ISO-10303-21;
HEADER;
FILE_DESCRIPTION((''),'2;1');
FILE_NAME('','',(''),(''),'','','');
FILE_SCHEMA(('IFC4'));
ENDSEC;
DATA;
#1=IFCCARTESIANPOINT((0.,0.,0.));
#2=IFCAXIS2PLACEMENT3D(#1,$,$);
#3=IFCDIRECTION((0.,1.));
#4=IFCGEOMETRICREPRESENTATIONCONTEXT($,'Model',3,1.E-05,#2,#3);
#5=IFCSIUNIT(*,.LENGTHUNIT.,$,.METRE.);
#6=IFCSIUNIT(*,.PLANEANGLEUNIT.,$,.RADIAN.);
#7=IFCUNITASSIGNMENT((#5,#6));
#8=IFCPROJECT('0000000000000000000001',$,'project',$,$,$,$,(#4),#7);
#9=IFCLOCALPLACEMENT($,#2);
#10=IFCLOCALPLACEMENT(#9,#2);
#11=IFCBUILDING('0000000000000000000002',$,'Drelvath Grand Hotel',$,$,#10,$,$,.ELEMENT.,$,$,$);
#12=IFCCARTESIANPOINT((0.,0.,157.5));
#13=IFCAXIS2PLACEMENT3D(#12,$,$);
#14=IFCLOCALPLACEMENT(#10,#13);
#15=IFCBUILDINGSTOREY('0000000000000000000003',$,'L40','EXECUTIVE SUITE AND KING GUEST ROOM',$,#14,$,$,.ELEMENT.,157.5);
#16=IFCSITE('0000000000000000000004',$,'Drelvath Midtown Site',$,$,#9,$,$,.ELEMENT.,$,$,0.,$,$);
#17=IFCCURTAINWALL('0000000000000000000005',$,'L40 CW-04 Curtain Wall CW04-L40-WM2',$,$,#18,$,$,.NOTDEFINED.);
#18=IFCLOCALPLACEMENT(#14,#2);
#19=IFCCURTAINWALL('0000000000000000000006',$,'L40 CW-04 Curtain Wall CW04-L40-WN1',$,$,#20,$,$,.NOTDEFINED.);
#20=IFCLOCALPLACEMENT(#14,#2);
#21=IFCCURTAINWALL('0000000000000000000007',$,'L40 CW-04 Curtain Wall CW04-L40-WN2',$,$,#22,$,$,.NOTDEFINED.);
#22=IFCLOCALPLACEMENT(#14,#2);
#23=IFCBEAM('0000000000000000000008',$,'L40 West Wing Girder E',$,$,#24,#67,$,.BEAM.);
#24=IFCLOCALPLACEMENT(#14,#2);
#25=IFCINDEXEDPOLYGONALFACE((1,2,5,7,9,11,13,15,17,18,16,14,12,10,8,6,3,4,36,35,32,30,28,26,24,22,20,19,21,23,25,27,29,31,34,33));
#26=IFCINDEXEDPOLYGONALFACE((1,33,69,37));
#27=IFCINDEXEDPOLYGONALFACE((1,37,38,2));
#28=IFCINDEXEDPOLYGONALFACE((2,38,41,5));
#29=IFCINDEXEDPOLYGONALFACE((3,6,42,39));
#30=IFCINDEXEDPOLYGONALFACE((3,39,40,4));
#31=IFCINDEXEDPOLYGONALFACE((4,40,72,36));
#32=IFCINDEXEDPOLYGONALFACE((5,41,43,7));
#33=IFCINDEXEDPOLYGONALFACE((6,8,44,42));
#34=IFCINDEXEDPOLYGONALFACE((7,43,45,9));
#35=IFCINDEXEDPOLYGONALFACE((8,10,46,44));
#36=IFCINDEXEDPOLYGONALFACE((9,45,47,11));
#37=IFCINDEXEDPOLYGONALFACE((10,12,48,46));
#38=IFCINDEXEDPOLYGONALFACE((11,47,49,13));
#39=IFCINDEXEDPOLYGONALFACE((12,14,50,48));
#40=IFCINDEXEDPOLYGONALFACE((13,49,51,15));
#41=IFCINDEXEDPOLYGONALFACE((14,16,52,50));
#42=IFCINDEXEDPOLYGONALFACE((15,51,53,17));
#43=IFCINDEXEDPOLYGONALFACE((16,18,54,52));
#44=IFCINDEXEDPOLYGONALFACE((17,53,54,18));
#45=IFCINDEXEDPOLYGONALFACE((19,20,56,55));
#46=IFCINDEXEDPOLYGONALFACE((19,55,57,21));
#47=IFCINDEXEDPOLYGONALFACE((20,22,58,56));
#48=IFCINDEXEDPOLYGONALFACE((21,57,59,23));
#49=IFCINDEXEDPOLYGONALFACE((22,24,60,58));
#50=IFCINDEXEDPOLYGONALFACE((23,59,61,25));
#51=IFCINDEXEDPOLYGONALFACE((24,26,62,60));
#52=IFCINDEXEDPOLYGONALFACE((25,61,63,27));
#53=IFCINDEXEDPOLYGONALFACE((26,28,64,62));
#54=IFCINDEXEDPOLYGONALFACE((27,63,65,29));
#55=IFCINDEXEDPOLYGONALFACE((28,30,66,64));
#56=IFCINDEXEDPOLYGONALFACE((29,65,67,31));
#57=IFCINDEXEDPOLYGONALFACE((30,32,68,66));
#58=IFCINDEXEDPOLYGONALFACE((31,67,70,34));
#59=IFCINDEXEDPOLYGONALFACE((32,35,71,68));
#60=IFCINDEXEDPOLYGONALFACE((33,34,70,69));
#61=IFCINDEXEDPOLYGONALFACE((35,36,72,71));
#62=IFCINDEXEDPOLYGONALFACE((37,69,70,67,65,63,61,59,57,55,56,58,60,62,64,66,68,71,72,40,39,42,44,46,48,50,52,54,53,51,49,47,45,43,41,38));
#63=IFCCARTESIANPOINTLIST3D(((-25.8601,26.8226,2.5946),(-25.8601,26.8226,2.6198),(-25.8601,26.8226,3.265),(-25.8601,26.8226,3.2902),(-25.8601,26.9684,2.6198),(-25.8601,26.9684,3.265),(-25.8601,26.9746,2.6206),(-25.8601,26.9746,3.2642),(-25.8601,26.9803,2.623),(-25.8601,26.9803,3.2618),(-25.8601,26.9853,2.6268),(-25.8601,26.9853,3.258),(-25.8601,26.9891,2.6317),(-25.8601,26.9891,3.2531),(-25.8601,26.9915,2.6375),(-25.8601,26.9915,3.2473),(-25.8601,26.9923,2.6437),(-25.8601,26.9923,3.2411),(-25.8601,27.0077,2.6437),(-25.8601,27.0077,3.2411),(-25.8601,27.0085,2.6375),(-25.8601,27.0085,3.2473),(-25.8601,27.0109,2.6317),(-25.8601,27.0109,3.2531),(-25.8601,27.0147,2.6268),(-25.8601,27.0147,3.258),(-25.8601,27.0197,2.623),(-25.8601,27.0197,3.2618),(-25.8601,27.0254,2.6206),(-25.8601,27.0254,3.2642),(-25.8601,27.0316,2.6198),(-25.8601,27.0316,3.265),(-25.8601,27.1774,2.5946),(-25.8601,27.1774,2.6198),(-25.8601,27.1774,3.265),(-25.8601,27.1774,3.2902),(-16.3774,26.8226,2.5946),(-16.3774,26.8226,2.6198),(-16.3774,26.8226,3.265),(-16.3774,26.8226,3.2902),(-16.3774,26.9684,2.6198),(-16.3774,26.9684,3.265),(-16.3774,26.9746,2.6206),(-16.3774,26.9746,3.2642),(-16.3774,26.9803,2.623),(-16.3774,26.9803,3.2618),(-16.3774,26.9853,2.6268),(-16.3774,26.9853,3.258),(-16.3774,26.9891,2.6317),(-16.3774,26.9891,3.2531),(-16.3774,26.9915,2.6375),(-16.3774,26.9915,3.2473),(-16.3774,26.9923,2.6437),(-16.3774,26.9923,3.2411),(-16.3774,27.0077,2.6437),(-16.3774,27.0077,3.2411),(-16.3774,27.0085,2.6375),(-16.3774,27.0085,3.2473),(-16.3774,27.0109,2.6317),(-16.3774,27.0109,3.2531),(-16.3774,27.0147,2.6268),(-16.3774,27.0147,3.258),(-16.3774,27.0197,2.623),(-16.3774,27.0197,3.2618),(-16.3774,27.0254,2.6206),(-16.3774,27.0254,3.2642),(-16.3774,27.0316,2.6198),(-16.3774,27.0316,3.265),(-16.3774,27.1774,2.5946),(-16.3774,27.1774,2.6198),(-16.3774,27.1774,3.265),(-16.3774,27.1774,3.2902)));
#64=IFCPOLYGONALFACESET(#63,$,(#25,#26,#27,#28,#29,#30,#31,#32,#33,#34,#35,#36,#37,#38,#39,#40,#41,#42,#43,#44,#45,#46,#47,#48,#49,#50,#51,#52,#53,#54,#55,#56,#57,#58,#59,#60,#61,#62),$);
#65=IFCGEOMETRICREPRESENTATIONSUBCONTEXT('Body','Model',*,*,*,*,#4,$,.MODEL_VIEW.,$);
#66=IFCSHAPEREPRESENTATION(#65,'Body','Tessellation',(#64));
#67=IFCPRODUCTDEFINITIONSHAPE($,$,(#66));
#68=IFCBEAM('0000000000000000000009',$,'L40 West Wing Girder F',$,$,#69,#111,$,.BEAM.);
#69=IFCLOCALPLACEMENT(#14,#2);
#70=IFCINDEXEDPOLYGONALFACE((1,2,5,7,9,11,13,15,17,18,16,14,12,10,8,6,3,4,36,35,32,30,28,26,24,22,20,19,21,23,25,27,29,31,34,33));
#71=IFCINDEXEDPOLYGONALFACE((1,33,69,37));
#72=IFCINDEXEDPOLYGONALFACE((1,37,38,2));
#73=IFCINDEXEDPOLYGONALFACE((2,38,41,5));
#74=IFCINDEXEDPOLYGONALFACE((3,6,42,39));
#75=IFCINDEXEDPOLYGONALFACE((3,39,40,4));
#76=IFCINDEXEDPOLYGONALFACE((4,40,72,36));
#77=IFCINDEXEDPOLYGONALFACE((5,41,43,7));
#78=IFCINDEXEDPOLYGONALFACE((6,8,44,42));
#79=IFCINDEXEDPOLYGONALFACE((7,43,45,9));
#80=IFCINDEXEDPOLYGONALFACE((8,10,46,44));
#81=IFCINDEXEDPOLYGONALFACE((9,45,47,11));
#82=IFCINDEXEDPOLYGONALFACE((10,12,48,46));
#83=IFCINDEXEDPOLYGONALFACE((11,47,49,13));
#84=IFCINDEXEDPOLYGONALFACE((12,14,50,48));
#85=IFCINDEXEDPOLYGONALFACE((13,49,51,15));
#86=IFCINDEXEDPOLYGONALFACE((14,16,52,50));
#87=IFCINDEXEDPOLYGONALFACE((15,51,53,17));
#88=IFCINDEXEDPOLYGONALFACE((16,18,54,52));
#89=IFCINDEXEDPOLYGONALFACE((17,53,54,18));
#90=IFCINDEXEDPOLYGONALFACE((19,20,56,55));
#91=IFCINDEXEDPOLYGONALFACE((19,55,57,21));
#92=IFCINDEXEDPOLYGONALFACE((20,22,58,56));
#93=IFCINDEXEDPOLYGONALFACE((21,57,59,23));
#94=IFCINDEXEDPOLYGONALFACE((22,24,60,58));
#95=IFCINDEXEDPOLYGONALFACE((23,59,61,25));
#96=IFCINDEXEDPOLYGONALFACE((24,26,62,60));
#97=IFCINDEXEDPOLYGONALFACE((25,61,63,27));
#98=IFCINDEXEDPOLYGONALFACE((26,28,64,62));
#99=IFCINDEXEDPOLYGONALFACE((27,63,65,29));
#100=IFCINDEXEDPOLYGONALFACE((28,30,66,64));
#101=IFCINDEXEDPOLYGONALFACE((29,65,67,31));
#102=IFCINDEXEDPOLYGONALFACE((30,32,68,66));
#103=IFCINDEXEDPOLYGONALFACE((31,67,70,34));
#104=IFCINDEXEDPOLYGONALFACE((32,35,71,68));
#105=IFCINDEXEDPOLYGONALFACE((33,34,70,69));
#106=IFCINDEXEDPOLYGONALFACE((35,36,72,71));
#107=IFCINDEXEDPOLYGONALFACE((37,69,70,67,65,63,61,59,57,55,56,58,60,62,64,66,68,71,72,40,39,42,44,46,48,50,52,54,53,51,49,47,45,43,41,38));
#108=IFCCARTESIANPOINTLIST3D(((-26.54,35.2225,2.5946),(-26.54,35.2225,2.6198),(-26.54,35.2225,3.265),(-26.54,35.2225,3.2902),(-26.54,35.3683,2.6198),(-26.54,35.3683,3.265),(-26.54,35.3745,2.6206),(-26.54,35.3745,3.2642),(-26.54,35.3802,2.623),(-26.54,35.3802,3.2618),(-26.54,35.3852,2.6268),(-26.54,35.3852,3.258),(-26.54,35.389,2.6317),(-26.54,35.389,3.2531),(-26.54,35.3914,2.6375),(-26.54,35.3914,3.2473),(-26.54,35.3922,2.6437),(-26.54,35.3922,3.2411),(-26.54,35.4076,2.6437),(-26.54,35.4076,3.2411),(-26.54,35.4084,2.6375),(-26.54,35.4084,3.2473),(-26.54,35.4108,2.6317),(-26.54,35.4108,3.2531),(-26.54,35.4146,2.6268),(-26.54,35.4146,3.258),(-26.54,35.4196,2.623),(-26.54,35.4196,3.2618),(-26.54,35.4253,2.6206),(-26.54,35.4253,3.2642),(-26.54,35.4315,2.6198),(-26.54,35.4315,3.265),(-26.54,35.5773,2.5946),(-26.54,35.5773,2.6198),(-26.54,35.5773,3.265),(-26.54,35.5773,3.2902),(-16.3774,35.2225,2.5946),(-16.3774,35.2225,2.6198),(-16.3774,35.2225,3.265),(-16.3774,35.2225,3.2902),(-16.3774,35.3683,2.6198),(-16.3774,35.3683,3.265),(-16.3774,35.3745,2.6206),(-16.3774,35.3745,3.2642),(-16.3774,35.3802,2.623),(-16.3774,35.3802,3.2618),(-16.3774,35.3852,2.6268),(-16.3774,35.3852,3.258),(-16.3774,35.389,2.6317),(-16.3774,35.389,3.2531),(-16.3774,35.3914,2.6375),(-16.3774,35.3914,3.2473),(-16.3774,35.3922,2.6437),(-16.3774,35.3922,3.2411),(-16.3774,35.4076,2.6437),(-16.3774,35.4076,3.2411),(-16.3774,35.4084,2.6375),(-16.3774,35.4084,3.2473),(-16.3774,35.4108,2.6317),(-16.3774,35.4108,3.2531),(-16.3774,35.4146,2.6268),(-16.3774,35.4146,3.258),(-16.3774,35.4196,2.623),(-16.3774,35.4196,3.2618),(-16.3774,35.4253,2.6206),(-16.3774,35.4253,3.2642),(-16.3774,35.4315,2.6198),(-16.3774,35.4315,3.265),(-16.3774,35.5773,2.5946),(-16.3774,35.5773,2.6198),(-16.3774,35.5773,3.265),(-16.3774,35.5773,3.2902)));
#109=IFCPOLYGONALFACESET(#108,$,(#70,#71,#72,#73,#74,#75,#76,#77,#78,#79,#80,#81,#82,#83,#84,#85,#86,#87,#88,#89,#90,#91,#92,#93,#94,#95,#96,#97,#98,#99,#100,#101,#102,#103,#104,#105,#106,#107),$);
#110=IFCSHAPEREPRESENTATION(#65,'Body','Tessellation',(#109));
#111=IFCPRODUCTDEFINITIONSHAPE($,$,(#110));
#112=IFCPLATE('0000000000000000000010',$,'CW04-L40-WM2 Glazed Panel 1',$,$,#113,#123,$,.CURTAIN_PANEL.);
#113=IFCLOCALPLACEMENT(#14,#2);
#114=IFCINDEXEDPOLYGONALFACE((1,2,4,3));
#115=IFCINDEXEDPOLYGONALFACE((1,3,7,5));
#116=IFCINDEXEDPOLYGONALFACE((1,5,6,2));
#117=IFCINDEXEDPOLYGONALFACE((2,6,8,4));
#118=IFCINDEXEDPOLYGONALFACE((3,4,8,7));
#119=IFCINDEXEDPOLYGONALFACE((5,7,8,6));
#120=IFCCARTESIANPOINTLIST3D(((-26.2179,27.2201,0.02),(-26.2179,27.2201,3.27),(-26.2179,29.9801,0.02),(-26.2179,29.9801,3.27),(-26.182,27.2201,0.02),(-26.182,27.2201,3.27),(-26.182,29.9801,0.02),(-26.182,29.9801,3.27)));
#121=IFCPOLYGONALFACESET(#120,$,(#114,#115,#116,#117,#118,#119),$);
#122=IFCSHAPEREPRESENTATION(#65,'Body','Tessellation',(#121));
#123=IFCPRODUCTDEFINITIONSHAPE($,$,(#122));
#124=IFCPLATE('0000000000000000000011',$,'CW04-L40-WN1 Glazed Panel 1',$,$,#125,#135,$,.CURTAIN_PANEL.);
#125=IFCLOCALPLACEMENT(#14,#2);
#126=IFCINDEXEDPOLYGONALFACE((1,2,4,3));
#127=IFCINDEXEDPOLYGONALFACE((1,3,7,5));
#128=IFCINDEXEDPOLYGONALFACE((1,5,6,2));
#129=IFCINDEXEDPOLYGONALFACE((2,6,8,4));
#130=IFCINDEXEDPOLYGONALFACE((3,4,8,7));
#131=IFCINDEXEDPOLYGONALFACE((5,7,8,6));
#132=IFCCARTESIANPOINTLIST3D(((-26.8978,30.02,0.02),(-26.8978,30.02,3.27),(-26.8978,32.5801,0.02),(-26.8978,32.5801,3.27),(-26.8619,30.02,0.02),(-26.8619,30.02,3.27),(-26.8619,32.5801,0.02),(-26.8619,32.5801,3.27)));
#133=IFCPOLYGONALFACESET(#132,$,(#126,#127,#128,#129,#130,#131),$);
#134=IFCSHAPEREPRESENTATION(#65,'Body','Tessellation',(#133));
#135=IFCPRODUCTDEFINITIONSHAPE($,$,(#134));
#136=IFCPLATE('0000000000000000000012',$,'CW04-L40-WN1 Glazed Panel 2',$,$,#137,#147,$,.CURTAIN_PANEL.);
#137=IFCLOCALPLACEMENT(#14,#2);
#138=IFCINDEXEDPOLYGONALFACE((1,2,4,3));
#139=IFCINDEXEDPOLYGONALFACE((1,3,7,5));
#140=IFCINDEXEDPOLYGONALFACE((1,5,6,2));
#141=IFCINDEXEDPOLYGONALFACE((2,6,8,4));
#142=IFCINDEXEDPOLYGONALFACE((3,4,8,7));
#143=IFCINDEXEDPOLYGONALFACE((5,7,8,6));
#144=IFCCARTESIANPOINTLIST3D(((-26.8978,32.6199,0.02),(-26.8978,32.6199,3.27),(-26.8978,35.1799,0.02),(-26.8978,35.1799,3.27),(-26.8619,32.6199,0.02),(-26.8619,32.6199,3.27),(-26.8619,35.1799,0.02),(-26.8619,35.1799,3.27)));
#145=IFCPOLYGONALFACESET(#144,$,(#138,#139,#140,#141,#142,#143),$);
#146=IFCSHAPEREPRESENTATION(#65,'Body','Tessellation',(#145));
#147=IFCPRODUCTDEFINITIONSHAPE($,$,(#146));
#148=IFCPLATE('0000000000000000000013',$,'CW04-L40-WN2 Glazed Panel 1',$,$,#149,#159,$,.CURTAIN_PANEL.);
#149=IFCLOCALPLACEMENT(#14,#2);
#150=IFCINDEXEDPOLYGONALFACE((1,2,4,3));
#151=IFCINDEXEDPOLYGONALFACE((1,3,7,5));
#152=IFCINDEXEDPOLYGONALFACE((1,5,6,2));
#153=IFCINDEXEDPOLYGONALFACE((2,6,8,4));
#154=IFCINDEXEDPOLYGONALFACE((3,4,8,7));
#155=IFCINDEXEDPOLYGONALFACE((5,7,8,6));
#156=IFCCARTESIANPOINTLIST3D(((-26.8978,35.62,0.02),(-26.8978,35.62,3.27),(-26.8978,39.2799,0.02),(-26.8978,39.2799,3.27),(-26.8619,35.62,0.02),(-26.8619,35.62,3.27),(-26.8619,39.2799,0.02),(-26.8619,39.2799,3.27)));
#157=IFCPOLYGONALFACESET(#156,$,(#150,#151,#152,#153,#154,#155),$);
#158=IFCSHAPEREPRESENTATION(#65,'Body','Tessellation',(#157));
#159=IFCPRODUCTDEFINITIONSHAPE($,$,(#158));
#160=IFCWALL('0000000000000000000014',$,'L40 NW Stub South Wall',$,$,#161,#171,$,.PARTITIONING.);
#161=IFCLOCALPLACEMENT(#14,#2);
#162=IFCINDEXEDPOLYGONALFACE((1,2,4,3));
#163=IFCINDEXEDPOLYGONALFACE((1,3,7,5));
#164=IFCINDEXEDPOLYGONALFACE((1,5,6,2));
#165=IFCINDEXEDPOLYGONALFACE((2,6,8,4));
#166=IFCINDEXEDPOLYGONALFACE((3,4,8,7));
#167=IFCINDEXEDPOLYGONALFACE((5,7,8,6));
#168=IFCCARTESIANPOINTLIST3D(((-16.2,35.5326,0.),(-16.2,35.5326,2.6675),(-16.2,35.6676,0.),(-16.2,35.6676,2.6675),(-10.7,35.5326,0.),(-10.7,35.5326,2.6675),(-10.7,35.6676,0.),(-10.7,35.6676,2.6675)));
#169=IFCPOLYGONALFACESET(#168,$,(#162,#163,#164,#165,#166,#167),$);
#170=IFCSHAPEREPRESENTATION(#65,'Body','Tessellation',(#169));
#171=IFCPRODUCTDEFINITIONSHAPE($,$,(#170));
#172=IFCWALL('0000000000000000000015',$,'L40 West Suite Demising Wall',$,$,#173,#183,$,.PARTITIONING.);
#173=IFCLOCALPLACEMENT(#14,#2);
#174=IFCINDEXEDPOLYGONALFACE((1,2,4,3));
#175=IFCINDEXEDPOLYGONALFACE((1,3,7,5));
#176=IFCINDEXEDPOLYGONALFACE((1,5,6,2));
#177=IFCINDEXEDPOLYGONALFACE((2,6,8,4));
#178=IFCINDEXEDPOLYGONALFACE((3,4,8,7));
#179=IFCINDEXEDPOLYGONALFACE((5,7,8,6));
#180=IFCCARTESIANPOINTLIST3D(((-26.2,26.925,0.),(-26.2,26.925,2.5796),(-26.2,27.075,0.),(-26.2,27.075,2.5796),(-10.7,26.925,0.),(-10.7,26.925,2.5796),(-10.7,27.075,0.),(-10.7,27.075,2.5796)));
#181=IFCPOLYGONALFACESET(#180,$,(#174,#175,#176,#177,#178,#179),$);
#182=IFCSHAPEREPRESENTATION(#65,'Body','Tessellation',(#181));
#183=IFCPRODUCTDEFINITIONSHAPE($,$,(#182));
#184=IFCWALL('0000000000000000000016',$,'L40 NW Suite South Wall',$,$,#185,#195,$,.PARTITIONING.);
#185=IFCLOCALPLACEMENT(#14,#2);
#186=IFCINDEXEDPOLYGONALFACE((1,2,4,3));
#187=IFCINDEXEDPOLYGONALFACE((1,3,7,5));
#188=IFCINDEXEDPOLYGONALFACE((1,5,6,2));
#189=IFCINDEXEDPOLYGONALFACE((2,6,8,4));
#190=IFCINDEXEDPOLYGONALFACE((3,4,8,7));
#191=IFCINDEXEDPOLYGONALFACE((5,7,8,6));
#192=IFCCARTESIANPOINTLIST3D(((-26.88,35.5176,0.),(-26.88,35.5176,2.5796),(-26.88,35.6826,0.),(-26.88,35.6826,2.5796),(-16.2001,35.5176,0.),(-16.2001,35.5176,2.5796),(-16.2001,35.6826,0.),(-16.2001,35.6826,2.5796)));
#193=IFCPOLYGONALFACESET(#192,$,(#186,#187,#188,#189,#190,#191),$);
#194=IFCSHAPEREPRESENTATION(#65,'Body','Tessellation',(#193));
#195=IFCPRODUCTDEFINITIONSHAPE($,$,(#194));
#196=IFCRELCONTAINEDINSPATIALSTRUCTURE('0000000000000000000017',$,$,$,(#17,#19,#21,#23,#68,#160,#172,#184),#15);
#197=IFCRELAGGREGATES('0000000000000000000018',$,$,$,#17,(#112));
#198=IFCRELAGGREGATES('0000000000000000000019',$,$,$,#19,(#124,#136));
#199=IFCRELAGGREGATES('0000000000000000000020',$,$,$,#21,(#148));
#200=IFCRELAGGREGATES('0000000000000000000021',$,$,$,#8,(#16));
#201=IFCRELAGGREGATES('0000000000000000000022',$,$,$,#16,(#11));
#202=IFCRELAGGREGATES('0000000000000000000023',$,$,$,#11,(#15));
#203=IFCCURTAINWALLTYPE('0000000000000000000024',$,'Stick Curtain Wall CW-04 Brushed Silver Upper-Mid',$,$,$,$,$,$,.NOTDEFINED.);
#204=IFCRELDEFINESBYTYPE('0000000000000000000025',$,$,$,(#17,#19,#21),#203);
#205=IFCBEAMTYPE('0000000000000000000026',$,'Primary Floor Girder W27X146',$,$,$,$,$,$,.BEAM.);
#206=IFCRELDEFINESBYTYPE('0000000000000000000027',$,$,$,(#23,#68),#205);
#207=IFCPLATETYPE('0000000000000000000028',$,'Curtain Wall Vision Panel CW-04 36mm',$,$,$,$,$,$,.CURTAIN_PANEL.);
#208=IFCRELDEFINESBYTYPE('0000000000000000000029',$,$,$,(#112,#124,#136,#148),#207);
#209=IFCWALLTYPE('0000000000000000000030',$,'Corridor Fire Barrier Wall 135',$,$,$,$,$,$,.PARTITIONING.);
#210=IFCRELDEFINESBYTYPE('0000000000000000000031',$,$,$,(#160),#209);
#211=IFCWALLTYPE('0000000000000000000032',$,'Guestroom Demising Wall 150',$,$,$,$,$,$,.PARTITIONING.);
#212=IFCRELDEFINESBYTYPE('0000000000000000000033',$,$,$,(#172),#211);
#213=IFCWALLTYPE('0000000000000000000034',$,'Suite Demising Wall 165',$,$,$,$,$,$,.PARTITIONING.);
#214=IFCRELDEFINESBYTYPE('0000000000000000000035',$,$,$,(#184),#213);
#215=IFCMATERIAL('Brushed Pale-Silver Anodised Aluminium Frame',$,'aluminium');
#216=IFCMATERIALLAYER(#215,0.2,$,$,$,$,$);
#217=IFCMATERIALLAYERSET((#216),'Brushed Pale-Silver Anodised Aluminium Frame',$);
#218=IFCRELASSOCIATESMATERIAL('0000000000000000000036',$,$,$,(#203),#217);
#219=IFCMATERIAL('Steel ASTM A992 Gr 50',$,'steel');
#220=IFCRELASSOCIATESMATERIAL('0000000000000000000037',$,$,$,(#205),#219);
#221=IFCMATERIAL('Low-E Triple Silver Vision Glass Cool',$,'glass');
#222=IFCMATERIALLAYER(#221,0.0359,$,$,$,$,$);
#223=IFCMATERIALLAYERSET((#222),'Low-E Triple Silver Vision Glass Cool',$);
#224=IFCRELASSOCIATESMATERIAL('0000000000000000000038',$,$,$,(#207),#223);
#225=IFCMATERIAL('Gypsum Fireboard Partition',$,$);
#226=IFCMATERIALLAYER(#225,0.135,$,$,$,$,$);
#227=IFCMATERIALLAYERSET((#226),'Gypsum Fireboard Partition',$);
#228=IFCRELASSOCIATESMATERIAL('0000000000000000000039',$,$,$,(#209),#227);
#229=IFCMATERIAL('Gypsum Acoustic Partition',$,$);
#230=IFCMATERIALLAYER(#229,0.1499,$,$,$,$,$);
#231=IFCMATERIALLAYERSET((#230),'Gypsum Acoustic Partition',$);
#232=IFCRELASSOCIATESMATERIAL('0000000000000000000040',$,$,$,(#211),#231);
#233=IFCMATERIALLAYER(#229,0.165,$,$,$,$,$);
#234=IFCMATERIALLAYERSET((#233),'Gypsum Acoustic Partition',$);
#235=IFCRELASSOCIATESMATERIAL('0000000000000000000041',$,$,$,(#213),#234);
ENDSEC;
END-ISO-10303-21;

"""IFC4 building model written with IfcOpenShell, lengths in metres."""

from ifc_helpers import new_model, si_unit, direction, frame, frame_2d, origin, origin_2d, place, context, subcontext, project, spatial, rectangle, i_section, extrude, material, layer, layer_set, material_profile, profile_set, type_object, element, aggregate, save


model = new_model("IFC4")

# Units and contexts
model_context = context("Model", 3, precision=1e-05, world=origin(), true_north=direction((0.0, 1.0)))
body_context = subcontext(model_context, "Body", "Model", "MODEL_VIEW")
ifc_project = project(units=[si_unit("LENGTHUNIT", "METRE"), si_unit("PLANEANGLEUNIT", "RADIAN")], contexts=[model_context])

# Site, building, storey
site_placement = place(None, origin())
site = spatial("IfcSite", under=ifc_project, at=site_placement, Name="Drelvath Midtown Site", CompositionType="ELEMENT", RefElevation=0.0)
building_placement = place(site_placement, origin())
building = spatial("IfcBuilding", under=site, at=building_placement, Name="Drelvath Grand Hotel", CompositionType="ELEMENT")
storey_placement = place(building_placement, frame((0.0, 0.0, 157.5)))
storey = spatial("IfcBuildingStorey", under=building, at=storey_placement, Name="L40", Description="EXECUTIVE SUITE AND KING GUEST ROOM", CompositionType="ELEMENT", Elevation=157.5)

# Curtain walls
ifc_material_1 = material(Name="Brushed Pale-Silver Anodised Aluminium Frame", Category="aluminium")
ifc_layer_1 = layer(ifc_material_1, 0.2)
ifc_layer_set_1 = layer_set([ifc_layer_1], Name="Brushed Pale-Silver Anodised Aluminium Frame")
curtain_wall_type = type_object("IfcCurtainWallType", Name="Stick Curtain Wall CW-04 Brushed Silver Upper-Mid", PredefinedType="NOTDEFINED", material=ifc_layer_set_1)
curtain_wall_1_placement = place(storey_placement, origin())
curtain_wall_1 = element("IfcCurtainWall", 1, at=curtain_wall_1_placement, inside=storey, type_object=curtain_wall_type, Name="L40 CW-04 Curtain Wall CW04-L40-WM2", PredefinedType="NOTDEFINED")
curtain_wall_2_placement = place(storey_placement, origin())
curtain_wall_2 = element("IfcCurtainWall", 2, at=curtain_wall_2_placement, inside=storey, type_object=curtain_wall_type, Name="L40 CW-04 Curtain Wall CW04-L40-WN1", PredefinedType="NOTDEFINED")
curtain_wall_3_placement = place(storey_placement, origin())
curtain_wall_3 = element("IfcCurtainWall", 3, at=curtain_wall_3_placement, inside=storey, type_object=curtain_wall_type, Name="L40 CW-04 Curtain Wall CW04-L40-WN2", PredefinedType="NOTDEFINED")

# Beams
ifc_material_2 = material(Name="Steel ASTM A992 Gr 50", Category="steel")
ifc_material_profile_1 = material_profile(ifc_material_2, i_section(OverallWidth=0.3547, OverallDepth=0.6956, WebThickness=0.0154, FlangeThickness=0.0251, FilletRadius=0.0239, at=origin_2d()), Name="W27X146")
ifc_profile_set_1 = profile_set([ifc_material_profile_1], Name="Steel ASTM A992 Gr 50")
beam_type_1 = type_object("IfcBeamType", Name="Primary Floor Girder W27X146", PredefinedType="BEAM", material=ifc_profile_set_1)
beam_1_placement = place(storey_placement, frame((-25.8601, 27.0, 2.9424), z_axis=(1.0, 0.0, 0.0), x_axis=(0.0, 1.0, 0.0)))
element("IfcBeam", 4, at=beam_1_placement, inside=storey, type_object=beam_type_1, Name="L40 West Wing Girder E", PredefinedType="BEAM", context=body_context, shape_type="SweptSolid", body=[
    extrude(i_section(OverallWidth=0.3547, OverallDepth=0.6956, WebThickness=0.0154, FlangeThickness=0.0251, FilletRadius=0.0239, at=origin_2d()), origin(), (0.0, 0.0, 1.0), 9.4827),
])
beam_2_placement = place(storey_placement, frame((-26.54, 35.3999, 2.9424), z_axis=(1.0, 0.0, 0.0), x_axis=(0.0, 1.0, 0.0)))
element("IfcBeam", 5, at=beam_2_placement, inside=storey, type_object=beam_type_1, Name="L40 West Wing Girder F", PredefinedType="BEAM", context=body_context, shape_type="SweptSolid", body=[
    extrude(i_section(OverallWidth=0.3547, OverallDepth=0.6956, WebThickness=0.0154, FlangeThickness=0.0251, FilletRadius=0.0239, at=origin_2d()), origin(), (0.0, 0.0, 1.0), 10.1626),
])

# Plates
ifc_material_3 = material(Name="Low-E Triple Silver Vision Glass Cool", Category="glass")
ifc_layer_2 = layer(ifc_material_3, 0.0359)
ifc_layer_set_2 = layer_set([ifc_layer_2], Name="Low-E Triple Silver Vision Glass Cool")
plate_type = type_object("IfcPlateType", Name="Curtain Wall Vision Panel CW-04 36mm", PredefinedType="CURTAIN_PANEL", material=ifc_layer_set_2)
plate_1_placement = place(storey_placement, frame((-26.2, 28.6001, 0.02), z_axis=(0.0, 0.0, 1.0), x_axis=(0.0, 1.0, 0.0)))
plate_1 = element("IfcPlate", 6, at=plate_1_placement, type_object=plate_type, Name="CW04-L40-WM2 Glazed Panel 1", PredefinedType="CURTAIN_PANEL", context=body_context, shape_type="SweptSolid", body=[
    extrude(rectangle(XDim=2.76, YDim=0.0359, at=origin_2d()), origin(), (0.0, 0.0, 1.0), 3.25),
])
aggregate(curtain_wall_1, [plate_1])
plate_2_placement = place(storey_placement, frame((-26.8799, 31.3, 0.02), z_axis=(0.0, 0.0, 1.0), x_axis=(0.0, 1.0, 0.0)))
plate_2 = element("IfcPlate", 7, at=plate_2_placement, type_object=plate_type, Name="CW04-L40-WN1 Glazed Panel 1", PredefinedType="CURTAIN_PANEL", context=body_context, shape_type="SweptSolid", body=[
    extrude(rectangle(XDim=2.5601, YDim=0.0359, at=origin_2d()), origin(), (0.0, 0.0, 1.0), 3.25),
])
plate_3_placement = place(storey_placement, frame((-26.8799, 33.8999, 0.02), z_axis=(0.0, 0.0, 1.0), x_axis=(0.0, 1.0, 0.0)))
plate_3 = element("IfcPlate", 8, at=plate_3_placement, type_object=plate_type, Name="CW04-L40-WN1 Glazed Panel 2", PredefinedType="CURTAIN_PANEL", context=body_context, shape_type="SweptSolid", body=[
    extrude(rectangle(XDim=2.5601, YDim=0.0359, at=origin_2d()), origin(), (0.0, 0.0, 1.0), 3.25),
])
aggregate(curtain_wall_2, [plate_2, plate_3])
plate_4_placement = place(storey_placement, frame((-26.8799, 37.45, 0.02), z_axis=(0.0, 0.0, 1.0), x_axis=(0.0, 1.0, 0.0)))
plate_4 = element("IfcPlate", 9, at=plate_4_placement, type_object=plate_type, Name="CW04-L40-WN2 Glazed Panel 1", PredefinedType="CURTAIN_PANEL", context=body_context, shape_type="SweptSolid", body=[
    extrude(rectangle(XDim=3.6599, YDim=0.0359, at=origin_2d()), origin(), (0.0, 0.0, 1.0), 3.25),
])
aggregate(curtain_wall_3, [plate_4])

# Wall
ifc_material_4 = material(Name="Gypsum Fireboard Partition")
ifc_layer_3 = layer(ifc_material_4, 0.135)
ifc_layer_set_3 = layer_set([ifc_layer_3], Name="Gypsum Fireboard Partition")
wall_type_1 = type_object("IfcWallType", Name="Corridor Fire Barrier Wall 135", PredefinedType="PARTITIONING", material=ifc_layer_set_3)
wall_1_placement = place(storey_placement, frame((-16.2, 35.6001, 0.0), z_axis=(0.0, 0.0, 1.0), x_axis=(1.0, 0.0, 0.0)))
element("IfcWall", 10, at=wall_1_placement, inside=storey, type_object=wall_type_1, Name="L40 NW Stub South Wall", PredefinedType="PARTITIONING", context=body_context, shape_type="SweptSolid", body=[
    extrude(rectangle(XDim=5.5, YDim=0.135, at=frame_2d((2.75, 0.0))), origin(), (0.0, 0.0, 1.0), 2.6675),
])

# Walls
ifc_material_5 = material(Name="Gypsum Acoustic Partition")
ifc_layer_4 = layer(ifc_material_5, 0.1499)
ifc_layer_set_4 = layer_set([ifc_layer_4], Name="Gypsum Acoustic Partition")
wall_type_2 = type_object("IfcWallType", Name="Guestroom Demising Wall 150", PredefinedType="PARTITIONING", material=ifc_layer_set_4)
wall_2_placement = place(storey_placement, frame((-26.2, 27.0, 0.0), z_axis=(0.0, 0.0, 1.0), x_axis=(1.0, 0.0, 0.0)))
element("IfcWall", 11, at=wall_2_placement, inside=storey, type_object=wall_type_2, Name="L40 West Suite Demising Wall", PredefinedType="PARTITIONING", context=body_context, shape_type="SweptSolid", body=[
    extrude(rectangle(XDim=15.5, YDim=0.1499, at=frame_2d((7.75, 0.0))), origin(), (0.0, 0.0, 1.0), 2.5796),
])
ifc_layer_5 = layer(ifc_material_5, 0.165)
ifc_layer_set_5 = layer_set([ifc_layer_5], Name="Gypsum Acoustic Partition")
wall_type_3 = type_object("IfcWallType", Name="Suite Demising Wall 165", PredefinedType="PARTITIONING", material=ifc_layer_set_5)
wall_3_placement = place(storey_placement, frame((-26.8799, 35.6001, 0.0), z_axis=(0.0, 0.0, 1.0), x_axis=(1.0, 0.0, 0.0)))
element("IfcWall", 12, at=wall_3_placement, inside=storey, type_object=wall_type_3, Name="L40 NW Suite South Wall", PredefinedType="PARTITIONING", context=body_context, shape_type="SweptSolid", body=[
    extrude(rectangle(XDim=10.6799, YDim=0.165, at=frame_2d((5.3398, 0.0))), origin(), (0.0, 0.0, 1.0), 2.5796),
])

save(model, "model.ifc")
